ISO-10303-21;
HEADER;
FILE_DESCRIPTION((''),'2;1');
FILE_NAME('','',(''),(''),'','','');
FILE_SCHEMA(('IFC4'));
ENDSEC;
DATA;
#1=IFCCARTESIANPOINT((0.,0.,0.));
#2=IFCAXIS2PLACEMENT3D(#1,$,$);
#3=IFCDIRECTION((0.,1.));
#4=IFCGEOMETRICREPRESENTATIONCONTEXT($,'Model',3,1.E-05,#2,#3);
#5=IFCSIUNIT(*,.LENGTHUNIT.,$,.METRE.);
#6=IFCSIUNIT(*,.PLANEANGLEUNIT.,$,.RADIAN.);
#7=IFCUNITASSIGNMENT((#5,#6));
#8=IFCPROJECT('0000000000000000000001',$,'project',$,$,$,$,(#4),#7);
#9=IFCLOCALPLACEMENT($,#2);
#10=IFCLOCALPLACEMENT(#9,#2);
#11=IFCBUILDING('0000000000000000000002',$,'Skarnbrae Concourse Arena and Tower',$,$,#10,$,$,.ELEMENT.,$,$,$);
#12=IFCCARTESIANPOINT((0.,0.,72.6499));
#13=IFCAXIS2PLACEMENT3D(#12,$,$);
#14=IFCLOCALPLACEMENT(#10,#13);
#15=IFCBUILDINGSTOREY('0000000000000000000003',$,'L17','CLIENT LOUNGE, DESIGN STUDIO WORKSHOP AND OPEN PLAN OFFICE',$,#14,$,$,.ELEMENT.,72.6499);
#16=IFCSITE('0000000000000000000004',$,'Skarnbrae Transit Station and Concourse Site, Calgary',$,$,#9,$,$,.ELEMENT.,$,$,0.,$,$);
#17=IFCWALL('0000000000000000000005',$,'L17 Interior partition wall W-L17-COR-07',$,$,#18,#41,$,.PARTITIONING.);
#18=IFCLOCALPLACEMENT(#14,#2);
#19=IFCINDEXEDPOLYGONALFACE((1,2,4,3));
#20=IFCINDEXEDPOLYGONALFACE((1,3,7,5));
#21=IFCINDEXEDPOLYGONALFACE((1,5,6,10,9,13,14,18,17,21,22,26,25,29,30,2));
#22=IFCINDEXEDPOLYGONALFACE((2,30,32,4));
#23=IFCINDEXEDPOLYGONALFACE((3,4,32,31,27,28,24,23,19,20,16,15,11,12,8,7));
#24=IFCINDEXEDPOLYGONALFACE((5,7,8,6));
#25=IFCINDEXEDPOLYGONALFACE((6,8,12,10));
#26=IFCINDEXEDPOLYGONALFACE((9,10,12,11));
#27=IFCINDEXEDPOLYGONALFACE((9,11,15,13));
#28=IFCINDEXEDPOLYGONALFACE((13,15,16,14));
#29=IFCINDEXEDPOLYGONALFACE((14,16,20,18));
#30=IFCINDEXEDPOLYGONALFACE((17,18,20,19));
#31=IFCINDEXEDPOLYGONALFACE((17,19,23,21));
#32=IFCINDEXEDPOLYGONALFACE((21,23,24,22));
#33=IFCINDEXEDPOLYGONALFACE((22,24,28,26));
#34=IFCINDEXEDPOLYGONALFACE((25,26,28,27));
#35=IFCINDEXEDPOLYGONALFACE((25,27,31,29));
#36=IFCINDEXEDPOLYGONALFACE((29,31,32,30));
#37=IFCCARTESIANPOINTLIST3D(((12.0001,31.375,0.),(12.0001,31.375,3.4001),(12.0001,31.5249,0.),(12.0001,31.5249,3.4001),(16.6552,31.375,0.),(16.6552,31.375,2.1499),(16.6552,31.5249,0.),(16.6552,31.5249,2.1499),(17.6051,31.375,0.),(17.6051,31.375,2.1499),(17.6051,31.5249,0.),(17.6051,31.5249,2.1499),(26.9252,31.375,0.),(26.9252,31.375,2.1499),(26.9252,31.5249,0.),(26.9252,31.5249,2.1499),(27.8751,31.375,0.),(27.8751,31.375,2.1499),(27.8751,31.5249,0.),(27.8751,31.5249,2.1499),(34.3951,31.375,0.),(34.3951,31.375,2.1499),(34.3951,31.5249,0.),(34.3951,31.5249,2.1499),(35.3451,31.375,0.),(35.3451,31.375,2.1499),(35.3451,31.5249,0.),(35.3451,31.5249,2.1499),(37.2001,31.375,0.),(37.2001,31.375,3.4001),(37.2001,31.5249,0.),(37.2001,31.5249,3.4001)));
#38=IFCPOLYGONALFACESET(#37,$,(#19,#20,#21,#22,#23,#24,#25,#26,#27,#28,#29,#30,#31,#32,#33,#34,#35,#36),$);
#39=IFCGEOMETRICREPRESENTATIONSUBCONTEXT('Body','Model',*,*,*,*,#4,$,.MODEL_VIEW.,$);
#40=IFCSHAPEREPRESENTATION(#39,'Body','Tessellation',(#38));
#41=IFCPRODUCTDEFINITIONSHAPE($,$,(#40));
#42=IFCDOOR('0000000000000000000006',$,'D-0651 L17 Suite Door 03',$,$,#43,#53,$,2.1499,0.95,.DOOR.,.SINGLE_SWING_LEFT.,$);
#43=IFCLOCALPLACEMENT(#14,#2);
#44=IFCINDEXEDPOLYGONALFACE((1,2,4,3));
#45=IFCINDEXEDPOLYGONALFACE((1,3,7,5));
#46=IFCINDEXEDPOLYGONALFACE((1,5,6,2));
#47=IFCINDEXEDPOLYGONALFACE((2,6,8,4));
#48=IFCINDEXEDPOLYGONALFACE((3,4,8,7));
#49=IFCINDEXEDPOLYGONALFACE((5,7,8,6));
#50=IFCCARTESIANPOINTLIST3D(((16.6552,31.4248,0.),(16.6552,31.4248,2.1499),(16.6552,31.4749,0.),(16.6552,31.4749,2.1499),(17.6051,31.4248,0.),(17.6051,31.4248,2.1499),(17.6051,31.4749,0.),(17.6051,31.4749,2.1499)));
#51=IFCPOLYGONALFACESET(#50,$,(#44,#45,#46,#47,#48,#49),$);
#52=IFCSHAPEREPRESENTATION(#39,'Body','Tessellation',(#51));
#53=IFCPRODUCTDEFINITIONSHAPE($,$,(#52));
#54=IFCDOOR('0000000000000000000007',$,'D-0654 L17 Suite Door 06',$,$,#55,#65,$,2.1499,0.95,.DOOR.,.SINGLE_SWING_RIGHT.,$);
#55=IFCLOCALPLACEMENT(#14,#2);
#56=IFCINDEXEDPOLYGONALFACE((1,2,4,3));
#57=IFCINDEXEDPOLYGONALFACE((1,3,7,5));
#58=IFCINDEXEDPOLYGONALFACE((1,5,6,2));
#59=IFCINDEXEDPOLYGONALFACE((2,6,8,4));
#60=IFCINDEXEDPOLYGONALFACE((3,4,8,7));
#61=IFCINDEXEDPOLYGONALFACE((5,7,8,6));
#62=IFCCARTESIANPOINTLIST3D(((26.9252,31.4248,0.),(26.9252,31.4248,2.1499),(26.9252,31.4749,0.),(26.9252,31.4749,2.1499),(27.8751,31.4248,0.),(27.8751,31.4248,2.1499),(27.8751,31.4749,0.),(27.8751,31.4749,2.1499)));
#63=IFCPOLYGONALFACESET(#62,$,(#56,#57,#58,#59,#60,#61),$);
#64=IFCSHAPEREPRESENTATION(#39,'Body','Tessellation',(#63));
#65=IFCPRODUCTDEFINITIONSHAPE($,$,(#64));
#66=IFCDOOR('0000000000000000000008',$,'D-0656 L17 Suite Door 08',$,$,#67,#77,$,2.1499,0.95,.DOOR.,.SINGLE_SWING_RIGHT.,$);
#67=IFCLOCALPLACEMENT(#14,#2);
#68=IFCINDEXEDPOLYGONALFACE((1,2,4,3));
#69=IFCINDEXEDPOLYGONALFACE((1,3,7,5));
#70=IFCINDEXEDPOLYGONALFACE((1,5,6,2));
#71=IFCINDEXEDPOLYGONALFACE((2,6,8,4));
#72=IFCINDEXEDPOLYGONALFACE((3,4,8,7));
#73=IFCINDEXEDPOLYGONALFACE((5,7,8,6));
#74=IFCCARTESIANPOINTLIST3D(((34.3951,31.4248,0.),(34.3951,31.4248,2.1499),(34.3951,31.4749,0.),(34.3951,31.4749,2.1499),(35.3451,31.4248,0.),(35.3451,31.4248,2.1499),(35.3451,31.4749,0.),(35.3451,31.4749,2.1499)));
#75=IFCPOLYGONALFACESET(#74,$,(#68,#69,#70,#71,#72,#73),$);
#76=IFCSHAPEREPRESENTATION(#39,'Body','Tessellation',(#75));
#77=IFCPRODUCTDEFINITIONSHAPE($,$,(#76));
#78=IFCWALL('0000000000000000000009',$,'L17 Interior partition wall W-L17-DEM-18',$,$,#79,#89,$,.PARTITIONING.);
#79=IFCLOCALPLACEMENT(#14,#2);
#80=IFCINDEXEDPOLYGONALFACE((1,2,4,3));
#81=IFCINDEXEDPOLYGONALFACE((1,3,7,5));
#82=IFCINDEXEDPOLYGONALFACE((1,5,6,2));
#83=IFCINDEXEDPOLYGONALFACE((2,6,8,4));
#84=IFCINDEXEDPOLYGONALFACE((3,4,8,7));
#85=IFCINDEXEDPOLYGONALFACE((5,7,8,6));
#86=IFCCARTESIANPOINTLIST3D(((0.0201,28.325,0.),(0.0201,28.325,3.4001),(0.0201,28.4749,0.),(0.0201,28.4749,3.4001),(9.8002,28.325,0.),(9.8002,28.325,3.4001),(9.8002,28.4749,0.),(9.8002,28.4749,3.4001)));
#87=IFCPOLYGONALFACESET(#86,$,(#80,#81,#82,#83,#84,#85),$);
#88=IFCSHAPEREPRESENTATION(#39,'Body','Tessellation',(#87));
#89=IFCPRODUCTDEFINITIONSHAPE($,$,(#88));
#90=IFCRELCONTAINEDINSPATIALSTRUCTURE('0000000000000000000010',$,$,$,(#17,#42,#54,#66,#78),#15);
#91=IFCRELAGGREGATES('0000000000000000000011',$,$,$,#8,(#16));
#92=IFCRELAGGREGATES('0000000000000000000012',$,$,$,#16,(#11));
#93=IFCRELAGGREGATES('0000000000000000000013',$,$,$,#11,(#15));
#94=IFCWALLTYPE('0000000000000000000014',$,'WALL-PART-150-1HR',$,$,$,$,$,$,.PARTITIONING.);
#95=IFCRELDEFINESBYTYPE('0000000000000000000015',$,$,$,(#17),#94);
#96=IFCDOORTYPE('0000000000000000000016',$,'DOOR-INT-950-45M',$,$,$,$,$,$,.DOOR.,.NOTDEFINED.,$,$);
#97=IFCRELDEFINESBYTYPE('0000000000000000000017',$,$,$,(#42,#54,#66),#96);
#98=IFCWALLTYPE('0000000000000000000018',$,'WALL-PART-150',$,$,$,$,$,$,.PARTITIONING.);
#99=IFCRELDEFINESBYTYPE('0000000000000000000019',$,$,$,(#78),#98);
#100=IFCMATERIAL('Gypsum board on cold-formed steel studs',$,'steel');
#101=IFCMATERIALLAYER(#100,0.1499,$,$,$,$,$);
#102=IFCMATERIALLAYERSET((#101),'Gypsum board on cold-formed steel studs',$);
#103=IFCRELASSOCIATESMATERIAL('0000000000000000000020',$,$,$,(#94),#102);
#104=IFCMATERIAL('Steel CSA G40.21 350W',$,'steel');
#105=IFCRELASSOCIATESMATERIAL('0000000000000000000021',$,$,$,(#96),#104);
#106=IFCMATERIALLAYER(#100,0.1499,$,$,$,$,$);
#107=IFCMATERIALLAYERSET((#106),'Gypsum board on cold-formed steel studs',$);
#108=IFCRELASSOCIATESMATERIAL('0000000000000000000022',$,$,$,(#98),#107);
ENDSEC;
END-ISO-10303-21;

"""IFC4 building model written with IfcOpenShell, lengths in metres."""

from ifc_helpers import new_model, si_unit, direction, frame, frame_2d, origin, place, context, subcontext, project, spatial, rectangle, extrude, source, transform, mapped, material, layer, layer_set, type_object, element, fill, save


model = new_model("IFC4")

# Units and contexts
model_context = context("Model", 3, precision=1e-05, world=origin(), true_north=direction((0.0, 1.0)))
body_context = subcontext(model_context, "Body", "Model", "MODEL_VIEW")
ifc_project = project(units=[si_unit("LENGTHUNIT", "METRE"), si_unit("PLANEANGLEUNIT", "RADIAN")], contexts=[model_context])

# Site, building, storey
site_placement = place(None, origin())
site = spatial("IfcSite", under=ifc_project, at=site_placement, Name="Skarnbrae Transit Station and Concourse Site, Calgary", CompositionType="ELEMENT", RefElevation=0.0)
building_placement = place(site_placement, origin())
building = spatial("IfcBuilding", under=site, at=building_placement, Name="Skarnbrae Concourse Arena and Tower", CompositionType="ELEMENT")
storey_placement = place(building_placement, frame((0.0, 0.0, 72.6499)))
storey = spatial("IfcBuildingStorey", under=building, at=storey_placement, Name="L17", Description="CLIENT LOUNGE, DESIGN STUDIO WORKSHOP AND OPEN PLAN OFFICE", CompositionType="ELEMENT", Elevation=72.6499)

# Shared definitions
ifc_material_1 = material(Name="Steel CSA G40.21 350W", Category="steel")

# Shared definitions
ifc_material_2 = material(Name="Gypsum board on cold-formed steel studs", Category="steel")
ifc_layer_1 = layer(ifc_material_2, 0.1499)
ifc_layer_set_1 = layer_set([ifc_layer_1], Name="Gypsum board on cold-formed steel studs")
wall_type_1 = type_object("IfcWallType", Name="WALL-PART-150-1HR", PredefinedType="PARTITIONING", material=ifc_layer_set_1)
door_type = type_object("IfcDoorType", Name="DOOR-INT-950-45M", OperationType="NOTDEFINED", PredefinedType="DOOR", material=ifc_material_1)
shared_shape_1 = source(origin(), body_context, "Body", "SweptSolid", [
    extrude(rectangle(XDim=0.95, YDim=2.1499, at=frame_2d((0.4751, 1.075))), frame((0.0, 0.0249, 0.0), z_axis=(0.0, -1.0, 0.0), x_axis=(1.0, 0.0, 0.0)), (0.0, 0.0, 1.0), 0.05),
])

# Wall, openings, doors
shared_shape_2 = source(origin(), body_context, "Body", "SweptSolid", [
    extrude(rectangle(XDim=25.2, YDim=0.1499, at=frame_2d((12.6001, 0.0))), origin(), (0.0, 0.0, 1.0), 3.4001),
])
wall_1_placement = place(storey_placement, frame((12.0, 31.45, 0.0), z_axis=(0.0, 0.0, 1.0), x_axis=(1.0, 0.0, 0.0)))
wall_1 = element("IfcWall", 1, at=wall_1_placement, inside=storey, type_object=wall_type_1, Name="L17 Interior partition wall W-L17-COR-07", PredefinedType="PARTITIONING", context=body_context, shape_type="MappedRepresentation", body=[
    mapped(shared_shape_2, transform((0.0, 0.0, 0.0))),
])
opening_1_placement = place(wall_1_placement, frame((4.655, 0.0, 0.0)))
opening_1 = element("IfcOpeningElement", 2, at=opening_1_placement, cuts=wall_1, PredefinedType="OPENING", context=body_context, shape_type="SweptSolid", body=[
    extrude(rectangle(XDim=0.95, YDim=2.1499, at=frame_2d((0.4751, 1.075))), frame((0.0, 0.085, 0.0), z_axis=(0.0, -1.0, 0.0), x_axis=(1.0, 0.0, 0.0)), (0.0, 0.0, 1.0), 0.1699),
])
opening_2_placement = place(wall_1_placement, frame((14.925, 0.0, 0.0)))
opening_2 = element("IfcOpeningElement", 3, at=opening_2_placement, cuts=wall_1, PredefinedType="OPENING", context=body_context, shape_type="SweptSolid", body=[
    extrude(rectangle(XDim=0.95, YDim=2.1499, at=frame_2d((0.4751, 1.075))), frame((0.0, 0.085, 0.0), z_axis=(0.0, -1.0, 0.0), x_axis=(1.0, 0.0, 0.0)), (0.0, 0.0, 1.0), 0.1699),
])
opening_3_placement = place(wall_1_placement, frame((22.395, 0.0, 0.0)))
opening_3 = element("IfcOpeningElement", 4, at=opening_3_placement, cuts=wall_1, PredefinedType="OPENING", context=body_context, shape_type="SweptSolid", body=[
    extrude(rectangle(XDim=0.95, YDim=2.1499, at=frame_2d((0.4751, 1.075))), frame((0.0, 0.085, 0.0), z_axis=(0.0, -1.0, 0.0), x_axis=(1.0, 0.0, 0.0)), (0.0, 0.0, 1.0), 0.1699),
])
door_1_placement = place(opening_1_placement, origin())
door_1 = element("IfcDoor", 5, at=door_1_placement, inside=storey, type_object=door_type, Name="D-0651 L17 Suite Door 03", OperationType="SINGLE_SWING_LEFT", OverallHeight=2.1499, OverallWidth=0.95, PredefinedType="DOOR", context=body_context, shape_type="MappedRepresentation", body=[
    mapped(shared_shape_1, transform((0.0, 0.0, 0.0))),
])
fill(opening_1, door_1)
door_2_placement = place(opening_2_placement, origin())
door_2 = element("IfcDoor", 6, at=door_2_placement, inside=storey, type_object=door_type, Name="D-0654 L17 Suite Door 06", OperationType="SINGLE_SWING_RIGHT", OverallHeight=2.1499, OverallWidth=0.95, PredefinedType="DOOR", context=body_context, shape_type="MappedRepresentation", body=[
    mapped(shared_shape_1, transform((0.0, 0.0, 0.0))),
])
fill(opening_2, door_2)
door_3_placement = place(opening_3_placement, origin())
door_3 = element("IfcDoor", 7, at=door_3_placement, inside=storey, type_object=door_type, Name="D-0656 L17 Suite Door 08", OperationType="SINGLE_SWING_RIGHT", OverallHeight=2.1499, OverallWidth=0.95, PredefinedType="DOOR", context=body_context, shape_type="MappedRepresentation", body=[
    mapped(shared_shape_1, transform((0.0, 0.0, 0.0))),
])
fill(opening_3, door_3)

# Wall
ifc_layer_2 = layer(ifc_material_2, 0.1499)
ifc_layer_set_2 = layer_set([ifc_layer_2], Name="Gypsum board on cold-formed steel studs")
wall_type_2 = type_object("IfcWallType", Name="WALL-PART-150", PredefinedType="PARTITIONING", material=ifc_layer_set_2)
shared_shape_3 = source(origin(), body_context, "Body", "SweptSolid", [
    extrude(rectangle(XDim=9.78, YDim=0.1499, at=frame_2d((4.8901, 0.0))), origin(), (0.0, 0.0, 1.0), 3.4001),
])
wall_2_placement = place(storey_placement, frame((0.02, 28.3999, 0.0), z_axis=(0.0, 0.0, 1.0), x_axis=(1.0, 0.0, 0.0)))
element("IfcWall", 8, at=wall_2_placement, inside=storey, type_object=wall_type_2, Name="L17 Interior partition wall W-L17-DEM-18", PredefinedType="PARTITIONING", context=body_context, shape_type="MappedRepresentation", body=[
    mapped(shared_shape_3, transform((0.0, 0.0, 0.0))),
])

save(model, "model.ifc")
